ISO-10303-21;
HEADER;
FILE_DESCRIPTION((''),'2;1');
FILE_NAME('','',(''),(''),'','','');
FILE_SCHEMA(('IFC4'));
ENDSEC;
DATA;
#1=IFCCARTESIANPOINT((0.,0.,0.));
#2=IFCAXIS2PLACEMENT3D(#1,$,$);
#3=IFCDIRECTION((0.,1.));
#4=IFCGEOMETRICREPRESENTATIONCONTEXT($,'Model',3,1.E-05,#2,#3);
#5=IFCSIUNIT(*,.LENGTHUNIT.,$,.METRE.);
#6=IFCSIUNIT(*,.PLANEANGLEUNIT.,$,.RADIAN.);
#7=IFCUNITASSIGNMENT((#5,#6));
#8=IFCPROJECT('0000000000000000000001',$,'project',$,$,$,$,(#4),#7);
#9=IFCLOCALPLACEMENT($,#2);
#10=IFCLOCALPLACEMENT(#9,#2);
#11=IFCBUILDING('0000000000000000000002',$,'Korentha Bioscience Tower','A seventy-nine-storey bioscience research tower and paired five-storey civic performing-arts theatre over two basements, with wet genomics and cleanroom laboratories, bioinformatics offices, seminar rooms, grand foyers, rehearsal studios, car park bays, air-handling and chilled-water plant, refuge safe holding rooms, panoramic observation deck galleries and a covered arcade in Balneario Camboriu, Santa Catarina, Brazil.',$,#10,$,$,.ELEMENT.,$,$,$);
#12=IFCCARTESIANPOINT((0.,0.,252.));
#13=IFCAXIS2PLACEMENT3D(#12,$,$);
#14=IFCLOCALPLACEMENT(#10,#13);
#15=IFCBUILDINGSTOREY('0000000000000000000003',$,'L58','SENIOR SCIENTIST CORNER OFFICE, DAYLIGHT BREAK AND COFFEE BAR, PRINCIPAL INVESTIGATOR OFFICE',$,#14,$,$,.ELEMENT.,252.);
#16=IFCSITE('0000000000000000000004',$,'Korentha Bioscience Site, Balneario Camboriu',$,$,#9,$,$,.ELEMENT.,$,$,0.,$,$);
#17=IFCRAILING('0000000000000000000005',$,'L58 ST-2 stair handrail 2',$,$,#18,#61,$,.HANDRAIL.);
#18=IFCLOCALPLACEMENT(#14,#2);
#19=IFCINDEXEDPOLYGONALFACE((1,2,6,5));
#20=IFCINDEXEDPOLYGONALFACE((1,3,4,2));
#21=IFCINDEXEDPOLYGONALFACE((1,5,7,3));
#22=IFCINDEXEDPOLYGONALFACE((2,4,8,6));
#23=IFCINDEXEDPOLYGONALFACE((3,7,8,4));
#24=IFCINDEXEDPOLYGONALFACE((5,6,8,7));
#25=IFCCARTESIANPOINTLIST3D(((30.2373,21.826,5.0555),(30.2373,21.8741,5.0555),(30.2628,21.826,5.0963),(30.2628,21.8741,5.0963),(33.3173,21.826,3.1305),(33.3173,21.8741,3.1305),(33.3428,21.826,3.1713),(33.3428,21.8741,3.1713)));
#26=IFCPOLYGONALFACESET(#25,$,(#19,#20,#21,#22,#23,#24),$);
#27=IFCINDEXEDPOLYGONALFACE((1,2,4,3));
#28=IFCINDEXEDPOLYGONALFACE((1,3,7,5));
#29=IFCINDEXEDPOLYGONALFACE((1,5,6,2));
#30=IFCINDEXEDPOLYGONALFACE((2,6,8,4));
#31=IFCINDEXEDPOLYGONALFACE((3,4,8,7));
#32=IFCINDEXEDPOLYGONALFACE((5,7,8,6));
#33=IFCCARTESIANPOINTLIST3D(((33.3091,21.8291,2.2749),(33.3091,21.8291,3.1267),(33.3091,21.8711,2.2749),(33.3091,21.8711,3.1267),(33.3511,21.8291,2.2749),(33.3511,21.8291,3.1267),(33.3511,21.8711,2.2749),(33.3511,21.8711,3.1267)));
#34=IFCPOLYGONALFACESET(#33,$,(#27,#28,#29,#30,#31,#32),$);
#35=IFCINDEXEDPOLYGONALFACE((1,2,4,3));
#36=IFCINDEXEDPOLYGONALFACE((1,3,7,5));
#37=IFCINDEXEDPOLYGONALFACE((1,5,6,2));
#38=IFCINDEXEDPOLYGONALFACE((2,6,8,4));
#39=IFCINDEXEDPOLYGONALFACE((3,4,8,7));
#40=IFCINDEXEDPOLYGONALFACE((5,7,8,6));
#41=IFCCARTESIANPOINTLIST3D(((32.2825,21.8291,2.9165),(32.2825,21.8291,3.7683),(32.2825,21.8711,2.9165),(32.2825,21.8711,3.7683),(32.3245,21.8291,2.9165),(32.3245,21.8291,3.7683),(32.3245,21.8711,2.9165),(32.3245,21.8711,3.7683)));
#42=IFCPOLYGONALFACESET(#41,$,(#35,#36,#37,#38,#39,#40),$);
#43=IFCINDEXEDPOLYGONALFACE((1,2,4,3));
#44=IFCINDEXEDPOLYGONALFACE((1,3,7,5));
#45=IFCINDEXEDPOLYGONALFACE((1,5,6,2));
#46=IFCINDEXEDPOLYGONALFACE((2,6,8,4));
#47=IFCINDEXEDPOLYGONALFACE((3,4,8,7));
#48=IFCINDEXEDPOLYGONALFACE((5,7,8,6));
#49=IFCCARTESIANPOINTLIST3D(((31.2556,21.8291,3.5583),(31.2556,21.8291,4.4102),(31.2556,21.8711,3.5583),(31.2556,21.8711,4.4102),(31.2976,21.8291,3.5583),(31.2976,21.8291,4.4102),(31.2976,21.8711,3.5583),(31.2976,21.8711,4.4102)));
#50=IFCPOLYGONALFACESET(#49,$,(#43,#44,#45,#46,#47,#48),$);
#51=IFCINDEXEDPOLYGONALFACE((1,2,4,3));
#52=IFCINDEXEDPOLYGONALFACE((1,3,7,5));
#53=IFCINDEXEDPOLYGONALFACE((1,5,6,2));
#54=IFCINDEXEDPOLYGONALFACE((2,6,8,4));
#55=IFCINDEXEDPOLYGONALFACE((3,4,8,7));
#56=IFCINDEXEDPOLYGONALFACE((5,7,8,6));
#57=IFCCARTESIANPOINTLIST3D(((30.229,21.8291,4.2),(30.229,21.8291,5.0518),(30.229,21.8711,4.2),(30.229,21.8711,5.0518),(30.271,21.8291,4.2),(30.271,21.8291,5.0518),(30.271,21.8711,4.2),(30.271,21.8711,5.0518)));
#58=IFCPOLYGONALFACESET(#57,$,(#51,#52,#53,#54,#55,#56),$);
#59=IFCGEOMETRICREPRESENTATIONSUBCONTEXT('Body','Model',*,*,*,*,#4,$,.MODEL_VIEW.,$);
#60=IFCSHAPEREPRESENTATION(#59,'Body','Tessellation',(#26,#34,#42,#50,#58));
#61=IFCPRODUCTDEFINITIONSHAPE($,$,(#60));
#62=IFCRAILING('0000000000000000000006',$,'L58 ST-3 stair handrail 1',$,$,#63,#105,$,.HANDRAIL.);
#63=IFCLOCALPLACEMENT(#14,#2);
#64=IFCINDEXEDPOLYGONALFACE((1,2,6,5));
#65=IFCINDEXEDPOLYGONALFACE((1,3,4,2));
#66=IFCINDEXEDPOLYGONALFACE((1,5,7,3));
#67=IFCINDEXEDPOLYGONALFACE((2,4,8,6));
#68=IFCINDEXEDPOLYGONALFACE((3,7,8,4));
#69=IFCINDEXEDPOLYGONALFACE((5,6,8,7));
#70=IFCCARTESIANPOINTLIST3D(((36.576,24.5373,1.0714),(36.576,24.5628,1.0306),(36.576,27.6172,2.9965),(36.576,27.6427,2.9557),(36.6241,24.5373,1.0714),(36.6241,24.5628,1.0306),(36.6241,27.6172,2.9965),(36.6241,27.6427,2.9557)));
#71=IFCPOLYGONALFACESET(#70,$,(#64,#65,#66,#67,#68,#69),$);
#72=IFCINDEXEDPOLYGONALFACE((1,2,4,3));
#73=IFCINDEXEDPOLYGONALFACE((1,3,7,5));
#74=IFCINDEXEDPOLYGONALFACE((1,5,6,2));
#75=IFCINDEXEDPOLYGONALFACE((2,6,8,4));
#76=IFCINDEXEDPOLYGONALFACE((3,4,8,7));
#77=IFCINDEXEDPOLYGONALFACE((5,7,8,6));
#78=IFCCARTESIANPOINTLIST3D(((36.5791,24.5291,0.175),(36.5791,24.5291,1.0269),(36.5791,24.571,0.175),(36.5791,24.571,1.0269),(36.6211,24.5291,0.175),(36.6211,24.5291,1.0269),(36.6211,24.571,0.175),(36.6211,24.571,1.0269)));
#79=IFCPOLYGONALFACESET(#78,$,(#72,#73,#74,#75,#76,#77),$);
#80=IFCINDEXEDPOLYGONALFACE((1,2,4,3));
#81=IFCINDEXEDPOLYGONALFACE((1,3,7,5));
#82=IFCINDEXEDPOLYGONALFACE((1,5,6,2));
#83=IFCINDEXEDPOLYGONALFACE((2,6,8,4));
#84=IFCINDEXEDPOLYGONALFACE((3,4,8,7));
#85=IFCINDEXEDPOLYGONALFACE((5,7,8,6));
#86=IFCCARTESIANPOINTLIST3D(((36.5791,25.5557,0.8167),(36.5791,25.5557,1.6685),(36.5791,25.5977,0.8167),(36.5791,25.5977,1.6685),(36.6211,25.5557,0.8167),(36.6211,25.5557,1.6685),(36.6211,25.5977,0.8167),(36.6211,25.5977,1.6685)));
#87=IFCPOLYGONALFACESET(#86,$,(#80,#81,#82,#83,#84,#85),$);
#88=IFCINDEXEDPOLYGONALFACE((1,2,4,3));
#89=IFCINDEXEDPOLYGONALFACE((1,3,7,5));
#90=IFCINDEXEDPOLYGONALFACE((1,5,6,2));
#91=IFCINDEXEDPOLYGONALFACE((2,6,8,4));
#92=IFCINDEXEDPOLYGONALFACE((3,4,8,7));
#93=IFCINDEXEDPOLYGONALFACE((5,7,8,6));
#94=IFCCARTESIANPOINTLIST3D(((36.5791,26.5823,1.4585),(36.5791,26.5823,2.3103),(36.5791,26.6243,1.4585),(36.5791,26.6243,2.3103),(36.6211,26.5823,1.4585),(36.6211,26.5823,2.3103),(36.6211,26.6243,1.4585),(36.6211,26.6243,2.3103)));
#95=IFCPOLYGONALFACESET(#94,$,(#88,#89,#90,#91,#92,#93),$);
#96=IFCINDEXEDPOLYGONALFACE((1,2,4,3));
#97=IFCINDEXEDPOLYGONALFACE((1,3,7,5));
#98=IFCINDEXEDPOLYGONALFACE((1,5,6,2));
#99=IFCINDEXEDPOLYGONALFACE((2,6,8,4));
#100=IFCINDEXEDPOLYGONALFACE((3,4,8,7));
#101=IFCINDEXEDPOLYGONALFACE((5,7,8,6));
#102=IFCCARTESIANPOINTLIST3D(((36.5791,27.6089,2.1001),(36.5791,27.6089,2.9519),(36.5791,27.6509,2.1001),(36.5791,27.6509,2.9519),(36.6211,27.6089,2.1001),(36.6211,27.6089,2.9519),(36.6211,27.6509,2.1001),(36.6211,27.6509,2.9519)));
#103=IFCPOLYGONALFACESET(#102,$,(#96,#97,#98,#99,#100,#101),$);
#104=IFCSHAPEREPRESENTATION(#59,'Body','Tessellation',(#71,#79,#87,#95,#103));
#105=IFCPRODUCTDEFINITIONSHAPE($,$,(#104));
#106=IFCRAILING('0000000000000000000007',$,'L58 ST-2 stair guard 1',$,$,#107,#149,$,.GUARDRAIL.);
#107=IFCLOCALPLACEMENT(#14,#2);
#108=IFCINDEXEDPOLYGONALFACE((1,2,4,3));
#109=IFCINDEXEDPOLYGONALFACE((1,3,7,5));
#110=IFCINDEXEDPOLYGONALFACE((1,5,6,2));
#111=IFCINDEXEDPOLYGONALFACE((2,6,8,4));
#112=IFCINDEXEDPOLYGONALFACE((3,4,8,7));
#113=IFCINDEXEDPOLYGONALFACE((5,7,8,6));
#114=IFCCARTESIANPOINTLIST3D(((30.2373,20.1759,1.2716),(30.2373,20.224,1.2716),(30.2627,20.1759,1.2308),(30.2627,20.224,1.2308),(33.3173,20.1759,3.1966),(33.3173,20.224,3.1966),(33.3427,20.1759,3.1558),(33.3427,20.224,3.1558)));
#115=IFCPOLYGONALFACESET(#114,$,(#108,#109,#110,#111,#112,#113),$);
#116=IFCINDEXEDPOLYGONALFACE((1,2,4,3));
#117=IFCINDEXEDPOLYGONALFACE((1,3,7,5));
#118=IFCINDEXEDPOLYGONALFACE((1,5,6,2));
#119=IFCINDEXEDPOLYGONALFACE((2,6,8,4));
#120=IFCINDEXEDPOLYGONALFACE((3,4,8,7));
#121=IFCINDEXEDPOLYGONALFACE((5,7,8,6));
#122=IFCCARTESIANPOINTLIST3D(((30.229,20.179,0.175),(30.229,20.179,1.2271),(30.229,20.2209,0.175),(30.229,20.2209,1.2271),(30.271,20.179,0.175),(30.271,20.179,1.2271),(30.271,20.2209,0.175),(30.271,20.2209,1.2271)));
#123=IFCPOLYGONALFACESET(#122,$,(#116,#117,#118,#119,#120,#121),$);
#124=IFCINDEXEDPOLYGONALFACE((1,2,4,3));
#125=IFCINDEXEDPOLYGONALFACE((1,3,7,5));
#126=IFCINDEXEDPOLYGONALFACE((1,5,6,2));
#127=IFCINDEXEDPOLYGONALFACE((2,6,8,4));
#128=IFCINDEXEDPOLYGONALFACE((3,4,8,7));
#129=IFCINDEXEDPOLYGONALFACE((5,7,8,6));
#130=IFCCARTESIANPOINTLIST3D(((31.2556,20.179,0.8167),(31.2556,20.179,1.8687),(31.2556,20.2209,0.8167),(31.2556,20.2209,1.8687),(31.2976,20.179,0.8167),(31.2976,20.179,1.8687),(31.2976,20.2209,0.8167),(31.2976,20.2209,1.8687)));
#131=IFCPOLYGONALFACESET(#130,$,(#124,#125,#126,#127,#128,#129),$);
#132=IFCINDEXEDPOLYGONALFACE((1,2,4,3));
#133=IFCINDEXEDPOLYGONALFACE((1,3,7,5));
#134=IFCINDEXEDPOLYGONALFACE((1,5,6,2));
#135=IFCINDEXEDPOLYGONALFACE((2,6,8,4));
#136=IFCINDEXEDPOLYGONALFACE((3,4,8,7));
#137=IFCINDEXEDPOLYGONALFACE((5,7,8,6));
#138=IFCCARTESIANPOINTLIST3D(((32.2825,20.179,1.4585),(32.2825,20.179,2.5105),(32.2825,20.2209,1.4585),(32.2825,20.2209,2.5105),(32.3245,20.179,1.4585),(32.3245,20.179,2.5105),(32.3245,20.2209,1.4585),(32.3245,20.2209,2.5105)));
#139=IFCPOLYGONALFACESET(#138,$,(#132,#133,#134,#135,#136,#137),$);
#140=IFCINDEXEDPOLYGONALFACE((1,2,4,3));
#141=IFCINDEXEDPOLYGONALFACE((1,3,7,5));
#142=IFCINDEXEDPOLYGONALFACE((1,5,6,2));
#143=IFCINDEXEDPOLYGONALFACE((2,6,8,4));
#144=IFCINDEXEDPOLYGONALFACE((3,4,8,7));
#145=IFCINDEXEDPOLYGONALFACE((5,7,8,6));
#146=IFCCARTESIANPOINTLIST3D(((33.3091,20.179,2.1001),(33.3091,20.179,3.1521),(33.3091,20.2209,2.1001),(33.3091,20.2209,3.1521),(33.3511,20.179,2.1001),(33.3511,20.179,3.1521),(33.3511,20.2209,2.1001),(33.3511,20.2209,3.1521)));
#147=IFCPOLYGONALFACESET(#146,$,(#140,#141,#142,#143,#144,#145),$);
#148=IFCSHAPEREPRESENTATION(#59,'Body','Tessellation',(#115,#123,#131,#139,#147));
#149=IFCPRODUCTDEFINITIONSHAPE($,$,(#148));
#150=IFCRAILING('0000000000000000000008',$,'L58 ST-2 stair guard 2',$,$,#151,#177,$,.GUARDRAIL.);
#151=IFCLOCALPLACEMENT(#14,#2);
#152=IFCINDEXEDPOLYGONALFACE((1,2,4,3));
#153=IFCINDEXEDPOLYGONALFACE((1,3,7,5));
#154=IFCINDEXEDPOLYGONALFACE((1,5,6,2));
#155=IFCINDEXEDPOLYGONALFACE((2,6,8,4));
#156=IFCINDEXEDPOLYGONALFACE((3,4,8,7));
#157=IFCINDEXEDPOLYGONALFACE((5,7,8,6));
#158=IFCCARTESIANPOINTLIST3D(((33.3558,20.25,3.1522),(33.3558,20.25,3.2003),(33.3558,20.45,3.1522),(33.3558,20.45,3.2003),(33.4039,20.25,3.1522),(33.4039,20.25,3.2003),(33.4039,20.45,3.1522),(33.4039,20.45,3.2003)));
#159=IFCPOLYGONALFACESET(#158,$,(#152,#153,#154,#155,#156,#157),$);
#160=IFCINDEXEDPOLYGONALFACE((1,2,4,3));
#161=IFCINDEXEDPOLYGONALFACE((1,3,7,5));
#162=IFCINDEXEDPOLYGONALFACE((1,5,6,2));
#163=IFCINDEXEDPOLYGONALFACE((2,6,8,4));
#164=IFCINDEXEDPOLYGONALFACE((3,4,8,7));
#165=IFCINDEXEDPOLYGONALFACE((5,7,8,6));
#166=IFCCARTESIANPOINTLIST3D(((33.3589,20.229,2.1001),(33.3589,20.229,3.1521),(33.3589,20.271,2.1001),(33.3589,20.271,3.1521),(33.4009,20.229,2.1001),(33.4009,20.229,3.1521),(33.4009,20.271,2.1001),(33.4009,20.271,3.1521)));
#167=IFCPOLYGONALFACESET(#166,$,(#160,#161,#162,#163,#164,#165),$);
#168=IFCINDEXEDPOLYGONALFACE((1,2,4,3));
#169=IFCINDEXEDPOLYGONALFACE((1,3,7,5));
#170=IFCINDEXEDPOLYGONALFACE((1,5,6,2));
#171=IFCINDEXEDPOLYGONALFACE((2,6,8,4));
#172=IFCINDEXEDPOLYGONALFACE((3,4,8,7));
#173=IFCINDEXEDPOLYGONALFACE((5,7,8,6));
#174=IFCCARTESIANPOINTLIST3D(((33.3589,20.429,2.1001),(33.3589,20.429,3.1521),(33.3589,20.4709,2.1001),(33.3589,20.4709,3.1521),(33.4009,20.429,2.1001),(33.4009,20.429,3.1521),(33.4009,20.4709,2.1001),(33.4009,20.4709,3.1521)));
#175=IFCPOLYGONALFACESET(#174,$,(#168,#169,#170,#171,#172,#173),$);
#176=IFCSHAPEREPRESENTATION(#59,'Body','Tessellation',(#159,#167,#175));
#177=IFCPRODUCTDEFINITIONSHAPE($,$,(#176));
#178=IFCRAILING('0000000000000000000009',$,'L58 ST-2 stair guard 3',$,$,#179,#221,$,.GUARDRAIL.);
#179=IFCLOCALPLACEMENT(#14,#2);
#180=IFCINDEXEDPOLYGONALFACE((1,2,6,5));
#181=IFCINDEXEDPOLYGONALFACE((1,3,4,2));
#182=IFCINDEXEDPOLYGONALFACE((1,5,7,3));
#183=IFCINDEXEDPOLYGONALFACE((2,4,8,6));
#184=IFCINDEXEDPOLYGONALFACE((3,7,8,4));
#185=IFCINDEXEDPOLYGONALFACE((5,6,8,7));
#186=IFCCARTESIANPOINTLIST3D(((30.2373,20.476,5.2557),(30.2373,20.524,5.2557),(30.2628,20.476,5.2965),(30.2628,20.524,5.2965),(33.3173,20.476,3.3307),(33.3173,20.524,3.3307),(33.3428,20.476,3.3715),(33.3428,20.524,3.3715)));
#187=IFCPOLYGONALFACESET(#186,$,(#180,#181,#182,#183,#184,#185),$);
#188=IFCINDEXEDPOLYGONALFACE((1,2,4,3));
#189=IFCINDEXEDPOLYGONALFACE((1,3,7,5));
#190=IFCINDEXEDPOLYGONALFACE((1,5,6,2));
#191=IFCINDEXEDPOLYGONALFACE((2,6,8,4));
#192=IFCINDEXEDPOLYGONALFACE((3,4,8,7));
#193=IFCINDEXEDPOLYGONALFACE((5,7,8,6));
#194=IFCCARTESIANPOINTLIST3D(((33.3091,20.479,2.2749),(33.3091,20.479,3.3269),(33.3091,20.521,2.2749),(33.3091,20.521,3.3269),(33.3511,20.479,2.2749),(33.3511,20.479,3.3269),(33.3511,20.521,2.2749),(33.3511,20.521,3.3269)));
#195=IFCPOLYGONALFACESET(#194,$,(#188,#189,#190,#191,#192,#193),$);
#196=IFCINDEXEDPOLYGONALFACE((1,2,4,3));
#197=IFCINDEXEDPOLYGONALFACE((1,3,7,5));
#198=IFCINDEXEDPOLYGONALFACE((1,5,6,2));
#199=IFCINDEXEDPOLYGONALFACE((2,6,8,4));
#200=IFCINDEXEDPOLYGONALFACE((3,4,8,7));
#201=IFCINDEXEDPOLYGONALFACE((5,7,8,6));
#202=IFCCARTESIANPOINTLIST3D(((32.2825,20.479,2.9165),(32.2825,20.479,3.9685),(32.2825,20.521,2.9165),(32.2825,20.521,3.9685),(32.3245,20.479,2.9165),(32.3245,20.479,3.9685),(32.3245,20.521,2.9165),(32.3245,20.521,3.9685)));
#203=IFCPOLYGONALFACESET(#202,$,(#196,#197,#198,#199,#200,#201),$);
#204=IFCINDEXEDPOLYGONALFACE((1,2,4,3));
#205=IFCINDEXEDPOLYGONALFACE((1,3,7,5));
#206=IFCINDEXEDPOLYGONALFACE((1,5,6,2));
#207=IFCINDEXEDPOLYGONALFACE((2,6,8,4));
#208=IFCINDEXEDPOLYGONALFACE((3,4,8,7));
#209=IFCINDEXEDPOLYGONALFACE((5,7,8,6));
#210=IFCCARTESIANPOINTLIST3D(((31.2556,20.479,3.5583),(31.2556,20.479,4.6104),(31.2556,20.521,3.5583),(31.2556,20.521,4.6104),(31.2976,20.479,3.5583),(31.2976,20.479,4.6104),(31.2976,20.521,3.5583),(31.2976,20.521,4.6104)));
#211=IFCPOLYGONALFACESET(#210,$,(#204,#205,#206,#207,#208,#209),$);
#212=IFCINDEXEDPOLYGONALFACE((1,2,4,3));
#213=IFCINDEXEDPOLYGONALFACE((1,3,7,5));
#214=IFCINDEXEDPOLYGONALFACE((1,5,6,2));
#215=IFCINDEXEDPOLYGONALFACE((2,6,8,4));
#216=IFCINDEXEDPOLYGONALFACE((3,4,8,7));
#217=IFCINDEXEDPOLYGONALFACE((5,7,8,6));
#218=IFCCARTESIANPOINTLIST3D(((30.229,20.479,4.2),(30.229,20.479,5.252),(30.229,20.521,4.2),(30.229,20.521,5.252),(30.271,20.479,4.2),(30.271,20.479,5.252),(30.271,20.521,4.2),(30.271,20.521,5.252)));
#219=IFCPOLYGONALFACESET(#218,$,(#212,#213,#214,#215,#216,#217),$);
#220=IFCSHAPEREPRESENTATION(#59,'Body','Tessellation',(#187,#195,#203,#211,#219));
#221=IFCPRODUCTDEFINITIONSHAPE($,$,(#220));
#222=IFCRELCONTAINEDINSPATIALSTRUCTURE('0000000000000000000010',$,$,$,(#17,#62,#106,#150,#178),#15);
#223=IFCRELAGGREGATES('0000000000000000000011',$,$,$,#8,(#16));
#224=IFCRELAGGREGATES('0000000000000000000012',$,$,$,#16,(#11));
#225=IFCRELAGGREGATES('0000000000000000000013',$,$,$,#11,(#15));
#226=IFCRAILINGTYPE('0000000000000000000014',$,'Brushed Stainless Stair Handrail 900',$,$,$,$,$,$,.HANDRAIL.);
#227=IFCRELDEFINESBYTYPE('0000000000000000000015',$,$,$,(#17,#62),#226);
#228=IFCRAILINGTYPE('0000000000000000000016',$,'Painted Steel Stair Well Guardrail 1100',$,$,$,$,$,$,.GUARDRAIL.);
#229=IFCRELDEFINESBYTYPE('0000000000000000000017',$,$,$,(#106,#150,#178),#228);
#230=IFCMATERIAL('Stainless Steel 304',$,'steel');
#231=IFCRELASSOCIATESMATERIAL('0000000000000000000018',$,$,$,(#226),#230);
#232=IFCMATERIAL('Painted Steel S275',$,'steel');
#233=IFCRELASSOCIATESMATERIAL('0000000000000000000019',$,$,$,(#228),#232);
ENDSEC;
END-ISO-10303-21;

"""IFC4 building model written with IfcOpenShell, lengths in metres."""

from ifc_helpers import new_model, si_unit, direction, frame, origin, origin_2d, place, context, subcontext, project, spatial, rectangle, extrude, material, type_object, element, save


model = new_model("IFC4")

# Units and contexts
model_context = context("Model", 3, precision=1e-05, world=origin(), true_north=direction((0.0, 1.0)))
body_context = subcontext(model_context, "Body", "Model", "MODEL_VIEW")
ifc_project = project(units=[si_unit("LENGTHUNIT", "METRE"), si_unit("PLANEANGLEUNIT", "RADIAN")], contexts=[model_context])

# Site, building, storey
site_placement = place(None, origin())
site = spatial("IfcSite", under=ifc_project, at=site_placement, Name="Korentha Bioscience Site, Balneario Camboriu", CompositionType="ELEMENT", RefElevation=0.0)
building_placement = place(site_placement, origin())
building = spatial("IfcBuilding", under=site, at=building_placement, Name="Korentha Bioscience Tower", Description="A seventy-nine-storey bioscience research tower and paired five-storey civic performing-arts theatre over two basements, with wet genomics and cleanroom laboratories, bioinformatics offices, seminar rooms, grand foyers, rehearsal studios, car park bays, air-handling and chilled-water plant, refuge safe holding rooms, panoramic observation deck galleries and a covered arcade in Balneario Camboriu, Santa Catarina, Brazil.", CompositionType="ELEMENT")
storey_placement = place(building_placement, frame((0.0, 0.0, 252.0)))
storey = spatial("IfcBuildingStorey", under=building, at=storey_placement, Name="L58", Description="SENIOR SCIENTIST CORNER OFFICE, DAYLIGHT BREAK AND COFFEE BAR, PRINCIPAL INVESTIGATOR OFFICE", CompositionType="ELEMENT", Elevation=252.0)

# Railings
ifc_material_1 = material(Name="Stainless Steel 304", Category="steel")
railing_type_1 = type_object("IfcRailingType", Name="Brushed Stainless Stair Handrail 900", PredefinedType="HANDRAIL", material=ifc_material_1)
railing_1_placement = place(storey_placement, frame((33.3301, 21.8501, 2.2749)))
element("IfcRailing", 1, at=railing_1_placement, inside=storey, type_object=railing_type_1, Name="L58 ST-2 stair handrail 2", PredefinedType="HANDRAIL", context=body_context, shape_type="SweptSolid", body=[
    extrude(rectangle(XDim=0.0481, YDim=0.0481, at=origin_2d()), frame((0.0, 0.0, 0.876), z_axis=(-0.847998, 0.0, 0.529999), x_axis=(0.0, -1.0, 0.0)), (0.0, 0.0, 1.0), 3.6321),
    extrude(rectangle(XDim=0.042, YDim=0.042, at=origin_2d()), origin(), (0.0, 0.0, 1.0), 0.8518),
    extrude(rectangle(XDim=0.042, YDim=0.042, at=origin_2d()), frame((-1.0266, 0.0, 0.6416)), (0.0, 0.0, 1.0), 0.8518),
    extrude(rectangle(XDim=0.042, YDim=0.042, at=origin_2d()), frame((-2.0535, 0.0, 1.2834)), (0.0, 0.0, 1.0), 0.8518),
    extrude(rectangle(XDim=0.042, YDim=0.042, at=origin_2d()), frame((-3.0801, 0.0, 1.925)), (0.0, 0.0, 1.0), 0.8518),
])
railing_2_placement = place(storey_placement, frame((36.6001, 24.55, 0.175)))
element("IfcRailing", 2, at=railing_2_placement, inside=storey, type_object=railing_type_1, Name="L58 ST-3 stair handrail 1", PredefinedType="HANDRAIL", context=body_context, shape_type="SweptSolid", body=[
    extrude(rectangle(XDim=0.0481, YDim=0.0481, at=origin_2d()), frame((0.0, 0.0, 0.876), z_axis=(0.0, 0.847979, 0.530029), x_axis=(-1.0, 0.0, 0.0)), (0.0, 0.0, 1.0), 3.6321),
    extrude(rectangle(XDim=0.042, YDim=0.042, at=origin_2d()), origin(), (0.0, 0.0, 1.0), 0.8518),
    extrude(rectangle(XDim=0.042, YDim=0.042, at=origin_2d()), frame((0.0, 1.0266, 0.6416)), (0.0, 0.0, 1.0), 0.8518),
    extrude(rectangle(XDim=0.042, YDim=0.042, at=origin_2d()), frame((0.0, 2.0532, 1.2834)), (0.0, 0.0, 1.0), 0.8518),
    extrude(rectangle(XDim=0.042, YDim=0.042, at=origin_2d()), frame((0.0, 3.0798, 1.925)), (0.0, 0.0, 1.0), 0.8518),
])
ifc_material_2 = material(Name="Painted Steel S275", Category="steel")
railing_type_2 = type_object("IfcRailingType", Name="Painted Steel Stair Well Guardrail 1100", PredefinedType="GUARDRAIL", material=ifc_material_2)
railing_3_placement = place(storey_placement, frame((30.25, 20.2, 0.175)))
element("IfcRailing", 3, at=railing_3_placement, inside=storey, type_object=railing_type_2, Name="L58 ST-2 stair guard 1", PredefinedType="GUARDRAIL", context=body_context, shape_type="SweptSolid", body=[
    extrude(rectangle(XDim=0.0481, YDim=0.0481, at=origin_2d()), frame((0.0, 0.0, 1.0762), z_axis=(0.847998, 0.0, 0.529999), x_axis=(0.0, 1.0, 0.0)), (0.0, 0.0, 1.0), 3.6321),
    extrude(rectangle(XDim=0.042, YDim=0.042, at=origin_2d()), origin(), (0.0, 0.0, 1.0), 1.052),
    extrude(rectangle(XDim=0.042, YDim=0.042, at=origin_2d()), frame((1.0266, 0.0, 0.6416)), (0.0, 0.0, 1.0), 1.052),
    extrude(rectangle(XDim=0.042, YDim=0.042, at=origin_2d()), frame((2.0535, 0.0, 1.2834)), (0.0, 0.0, 1.0), 1.052),
    extrude(rectangle(XDim=0.042, YDim=0.042, at=origin_2d()), frame((3.0801, 0.0, 1.925)), (0.0, 0.0, 1.0), 1.052),
])
railing_4_placement = place(storey_placement, frame((33.3799, 20.25, 2.1001)))
element("IfcRailing", 4, at=railing_4_placement, inside=storey, type_object=railing_type_2, Name="L58 ST-2 stair guard 2", PredefinedType="GUARDRAIL", context=body_context, shape_type="SweptSolid", body=[
    extrude(rectangle(XDim=0.0481, YDim=0.0481, at=origin_2d()), frame((0.0, 0.0, 1.0762), z_axis=(0.0, 1.0, 0.0), x_axis=(-1.0, 0.0, 0.0)), (0.0, 0.0, 1.0), 0.2),
    extrude(rectangle(XDim=0.042, YDim=0.042, at=origin_2d()), origin(), (0.0, 0.0, 1.0), 1.052),
    extrude(rectangle(XDim=0.042, YDim=0.042, at=origin_2d()), frame((0.0, 0.2, 0.0)), (0.0, 0.0, 1.0), 1.052),
])
railing_5_placement = place(storey_placement, frame((33.3301, 20.5, 2.2749)))
element("IfcRailing", 5, at=railing_5_placement, inside=storey, type_object=railing_type_2, Name="L58 ST-2 stair guard 3", PredefinedType="GUARDRAIL", context=body_context, shape_type="SweptSolid", body=[
    extrude(rectangle(XDim=0.0481, YDim=0.0481, at=origin_2d()), frame((0.0, 0.0, 1.0762), z_axis=(-0.847998, 0.0, 0.529999), x_axis=(0.0, -1.0, 0.0)), (0.0, 0.0, 1.0), 3.6321),
    extrude(rectangle(XDim=0.042, YDim=0.042, at=origin_2d()), origin(), (0.0, 0.0, 1.0), 1.052),
    extrude(rectangle(XDim=0.042, YDim=0.042, at=origin_2d()), frame((-1.0266, 0.0, 0.6416)), (0.0, 0.0, 1.0), 1.052),
    extrude(rectangle(XDim=0.042, YDim=0.042, at=origin_2d()), frame((-2.0535, 0.0, 1.2834)), (0.0, 0.0, 1.0), 1.052),
    extrude(rectangle(XDim=0.042, YDim=0.042, at=origin_2d()), frame((-3.0801, 0.0, 1.925)), (0.0, 0.0, 1.0), 1.052),
])

save(model, "model.ifc")
